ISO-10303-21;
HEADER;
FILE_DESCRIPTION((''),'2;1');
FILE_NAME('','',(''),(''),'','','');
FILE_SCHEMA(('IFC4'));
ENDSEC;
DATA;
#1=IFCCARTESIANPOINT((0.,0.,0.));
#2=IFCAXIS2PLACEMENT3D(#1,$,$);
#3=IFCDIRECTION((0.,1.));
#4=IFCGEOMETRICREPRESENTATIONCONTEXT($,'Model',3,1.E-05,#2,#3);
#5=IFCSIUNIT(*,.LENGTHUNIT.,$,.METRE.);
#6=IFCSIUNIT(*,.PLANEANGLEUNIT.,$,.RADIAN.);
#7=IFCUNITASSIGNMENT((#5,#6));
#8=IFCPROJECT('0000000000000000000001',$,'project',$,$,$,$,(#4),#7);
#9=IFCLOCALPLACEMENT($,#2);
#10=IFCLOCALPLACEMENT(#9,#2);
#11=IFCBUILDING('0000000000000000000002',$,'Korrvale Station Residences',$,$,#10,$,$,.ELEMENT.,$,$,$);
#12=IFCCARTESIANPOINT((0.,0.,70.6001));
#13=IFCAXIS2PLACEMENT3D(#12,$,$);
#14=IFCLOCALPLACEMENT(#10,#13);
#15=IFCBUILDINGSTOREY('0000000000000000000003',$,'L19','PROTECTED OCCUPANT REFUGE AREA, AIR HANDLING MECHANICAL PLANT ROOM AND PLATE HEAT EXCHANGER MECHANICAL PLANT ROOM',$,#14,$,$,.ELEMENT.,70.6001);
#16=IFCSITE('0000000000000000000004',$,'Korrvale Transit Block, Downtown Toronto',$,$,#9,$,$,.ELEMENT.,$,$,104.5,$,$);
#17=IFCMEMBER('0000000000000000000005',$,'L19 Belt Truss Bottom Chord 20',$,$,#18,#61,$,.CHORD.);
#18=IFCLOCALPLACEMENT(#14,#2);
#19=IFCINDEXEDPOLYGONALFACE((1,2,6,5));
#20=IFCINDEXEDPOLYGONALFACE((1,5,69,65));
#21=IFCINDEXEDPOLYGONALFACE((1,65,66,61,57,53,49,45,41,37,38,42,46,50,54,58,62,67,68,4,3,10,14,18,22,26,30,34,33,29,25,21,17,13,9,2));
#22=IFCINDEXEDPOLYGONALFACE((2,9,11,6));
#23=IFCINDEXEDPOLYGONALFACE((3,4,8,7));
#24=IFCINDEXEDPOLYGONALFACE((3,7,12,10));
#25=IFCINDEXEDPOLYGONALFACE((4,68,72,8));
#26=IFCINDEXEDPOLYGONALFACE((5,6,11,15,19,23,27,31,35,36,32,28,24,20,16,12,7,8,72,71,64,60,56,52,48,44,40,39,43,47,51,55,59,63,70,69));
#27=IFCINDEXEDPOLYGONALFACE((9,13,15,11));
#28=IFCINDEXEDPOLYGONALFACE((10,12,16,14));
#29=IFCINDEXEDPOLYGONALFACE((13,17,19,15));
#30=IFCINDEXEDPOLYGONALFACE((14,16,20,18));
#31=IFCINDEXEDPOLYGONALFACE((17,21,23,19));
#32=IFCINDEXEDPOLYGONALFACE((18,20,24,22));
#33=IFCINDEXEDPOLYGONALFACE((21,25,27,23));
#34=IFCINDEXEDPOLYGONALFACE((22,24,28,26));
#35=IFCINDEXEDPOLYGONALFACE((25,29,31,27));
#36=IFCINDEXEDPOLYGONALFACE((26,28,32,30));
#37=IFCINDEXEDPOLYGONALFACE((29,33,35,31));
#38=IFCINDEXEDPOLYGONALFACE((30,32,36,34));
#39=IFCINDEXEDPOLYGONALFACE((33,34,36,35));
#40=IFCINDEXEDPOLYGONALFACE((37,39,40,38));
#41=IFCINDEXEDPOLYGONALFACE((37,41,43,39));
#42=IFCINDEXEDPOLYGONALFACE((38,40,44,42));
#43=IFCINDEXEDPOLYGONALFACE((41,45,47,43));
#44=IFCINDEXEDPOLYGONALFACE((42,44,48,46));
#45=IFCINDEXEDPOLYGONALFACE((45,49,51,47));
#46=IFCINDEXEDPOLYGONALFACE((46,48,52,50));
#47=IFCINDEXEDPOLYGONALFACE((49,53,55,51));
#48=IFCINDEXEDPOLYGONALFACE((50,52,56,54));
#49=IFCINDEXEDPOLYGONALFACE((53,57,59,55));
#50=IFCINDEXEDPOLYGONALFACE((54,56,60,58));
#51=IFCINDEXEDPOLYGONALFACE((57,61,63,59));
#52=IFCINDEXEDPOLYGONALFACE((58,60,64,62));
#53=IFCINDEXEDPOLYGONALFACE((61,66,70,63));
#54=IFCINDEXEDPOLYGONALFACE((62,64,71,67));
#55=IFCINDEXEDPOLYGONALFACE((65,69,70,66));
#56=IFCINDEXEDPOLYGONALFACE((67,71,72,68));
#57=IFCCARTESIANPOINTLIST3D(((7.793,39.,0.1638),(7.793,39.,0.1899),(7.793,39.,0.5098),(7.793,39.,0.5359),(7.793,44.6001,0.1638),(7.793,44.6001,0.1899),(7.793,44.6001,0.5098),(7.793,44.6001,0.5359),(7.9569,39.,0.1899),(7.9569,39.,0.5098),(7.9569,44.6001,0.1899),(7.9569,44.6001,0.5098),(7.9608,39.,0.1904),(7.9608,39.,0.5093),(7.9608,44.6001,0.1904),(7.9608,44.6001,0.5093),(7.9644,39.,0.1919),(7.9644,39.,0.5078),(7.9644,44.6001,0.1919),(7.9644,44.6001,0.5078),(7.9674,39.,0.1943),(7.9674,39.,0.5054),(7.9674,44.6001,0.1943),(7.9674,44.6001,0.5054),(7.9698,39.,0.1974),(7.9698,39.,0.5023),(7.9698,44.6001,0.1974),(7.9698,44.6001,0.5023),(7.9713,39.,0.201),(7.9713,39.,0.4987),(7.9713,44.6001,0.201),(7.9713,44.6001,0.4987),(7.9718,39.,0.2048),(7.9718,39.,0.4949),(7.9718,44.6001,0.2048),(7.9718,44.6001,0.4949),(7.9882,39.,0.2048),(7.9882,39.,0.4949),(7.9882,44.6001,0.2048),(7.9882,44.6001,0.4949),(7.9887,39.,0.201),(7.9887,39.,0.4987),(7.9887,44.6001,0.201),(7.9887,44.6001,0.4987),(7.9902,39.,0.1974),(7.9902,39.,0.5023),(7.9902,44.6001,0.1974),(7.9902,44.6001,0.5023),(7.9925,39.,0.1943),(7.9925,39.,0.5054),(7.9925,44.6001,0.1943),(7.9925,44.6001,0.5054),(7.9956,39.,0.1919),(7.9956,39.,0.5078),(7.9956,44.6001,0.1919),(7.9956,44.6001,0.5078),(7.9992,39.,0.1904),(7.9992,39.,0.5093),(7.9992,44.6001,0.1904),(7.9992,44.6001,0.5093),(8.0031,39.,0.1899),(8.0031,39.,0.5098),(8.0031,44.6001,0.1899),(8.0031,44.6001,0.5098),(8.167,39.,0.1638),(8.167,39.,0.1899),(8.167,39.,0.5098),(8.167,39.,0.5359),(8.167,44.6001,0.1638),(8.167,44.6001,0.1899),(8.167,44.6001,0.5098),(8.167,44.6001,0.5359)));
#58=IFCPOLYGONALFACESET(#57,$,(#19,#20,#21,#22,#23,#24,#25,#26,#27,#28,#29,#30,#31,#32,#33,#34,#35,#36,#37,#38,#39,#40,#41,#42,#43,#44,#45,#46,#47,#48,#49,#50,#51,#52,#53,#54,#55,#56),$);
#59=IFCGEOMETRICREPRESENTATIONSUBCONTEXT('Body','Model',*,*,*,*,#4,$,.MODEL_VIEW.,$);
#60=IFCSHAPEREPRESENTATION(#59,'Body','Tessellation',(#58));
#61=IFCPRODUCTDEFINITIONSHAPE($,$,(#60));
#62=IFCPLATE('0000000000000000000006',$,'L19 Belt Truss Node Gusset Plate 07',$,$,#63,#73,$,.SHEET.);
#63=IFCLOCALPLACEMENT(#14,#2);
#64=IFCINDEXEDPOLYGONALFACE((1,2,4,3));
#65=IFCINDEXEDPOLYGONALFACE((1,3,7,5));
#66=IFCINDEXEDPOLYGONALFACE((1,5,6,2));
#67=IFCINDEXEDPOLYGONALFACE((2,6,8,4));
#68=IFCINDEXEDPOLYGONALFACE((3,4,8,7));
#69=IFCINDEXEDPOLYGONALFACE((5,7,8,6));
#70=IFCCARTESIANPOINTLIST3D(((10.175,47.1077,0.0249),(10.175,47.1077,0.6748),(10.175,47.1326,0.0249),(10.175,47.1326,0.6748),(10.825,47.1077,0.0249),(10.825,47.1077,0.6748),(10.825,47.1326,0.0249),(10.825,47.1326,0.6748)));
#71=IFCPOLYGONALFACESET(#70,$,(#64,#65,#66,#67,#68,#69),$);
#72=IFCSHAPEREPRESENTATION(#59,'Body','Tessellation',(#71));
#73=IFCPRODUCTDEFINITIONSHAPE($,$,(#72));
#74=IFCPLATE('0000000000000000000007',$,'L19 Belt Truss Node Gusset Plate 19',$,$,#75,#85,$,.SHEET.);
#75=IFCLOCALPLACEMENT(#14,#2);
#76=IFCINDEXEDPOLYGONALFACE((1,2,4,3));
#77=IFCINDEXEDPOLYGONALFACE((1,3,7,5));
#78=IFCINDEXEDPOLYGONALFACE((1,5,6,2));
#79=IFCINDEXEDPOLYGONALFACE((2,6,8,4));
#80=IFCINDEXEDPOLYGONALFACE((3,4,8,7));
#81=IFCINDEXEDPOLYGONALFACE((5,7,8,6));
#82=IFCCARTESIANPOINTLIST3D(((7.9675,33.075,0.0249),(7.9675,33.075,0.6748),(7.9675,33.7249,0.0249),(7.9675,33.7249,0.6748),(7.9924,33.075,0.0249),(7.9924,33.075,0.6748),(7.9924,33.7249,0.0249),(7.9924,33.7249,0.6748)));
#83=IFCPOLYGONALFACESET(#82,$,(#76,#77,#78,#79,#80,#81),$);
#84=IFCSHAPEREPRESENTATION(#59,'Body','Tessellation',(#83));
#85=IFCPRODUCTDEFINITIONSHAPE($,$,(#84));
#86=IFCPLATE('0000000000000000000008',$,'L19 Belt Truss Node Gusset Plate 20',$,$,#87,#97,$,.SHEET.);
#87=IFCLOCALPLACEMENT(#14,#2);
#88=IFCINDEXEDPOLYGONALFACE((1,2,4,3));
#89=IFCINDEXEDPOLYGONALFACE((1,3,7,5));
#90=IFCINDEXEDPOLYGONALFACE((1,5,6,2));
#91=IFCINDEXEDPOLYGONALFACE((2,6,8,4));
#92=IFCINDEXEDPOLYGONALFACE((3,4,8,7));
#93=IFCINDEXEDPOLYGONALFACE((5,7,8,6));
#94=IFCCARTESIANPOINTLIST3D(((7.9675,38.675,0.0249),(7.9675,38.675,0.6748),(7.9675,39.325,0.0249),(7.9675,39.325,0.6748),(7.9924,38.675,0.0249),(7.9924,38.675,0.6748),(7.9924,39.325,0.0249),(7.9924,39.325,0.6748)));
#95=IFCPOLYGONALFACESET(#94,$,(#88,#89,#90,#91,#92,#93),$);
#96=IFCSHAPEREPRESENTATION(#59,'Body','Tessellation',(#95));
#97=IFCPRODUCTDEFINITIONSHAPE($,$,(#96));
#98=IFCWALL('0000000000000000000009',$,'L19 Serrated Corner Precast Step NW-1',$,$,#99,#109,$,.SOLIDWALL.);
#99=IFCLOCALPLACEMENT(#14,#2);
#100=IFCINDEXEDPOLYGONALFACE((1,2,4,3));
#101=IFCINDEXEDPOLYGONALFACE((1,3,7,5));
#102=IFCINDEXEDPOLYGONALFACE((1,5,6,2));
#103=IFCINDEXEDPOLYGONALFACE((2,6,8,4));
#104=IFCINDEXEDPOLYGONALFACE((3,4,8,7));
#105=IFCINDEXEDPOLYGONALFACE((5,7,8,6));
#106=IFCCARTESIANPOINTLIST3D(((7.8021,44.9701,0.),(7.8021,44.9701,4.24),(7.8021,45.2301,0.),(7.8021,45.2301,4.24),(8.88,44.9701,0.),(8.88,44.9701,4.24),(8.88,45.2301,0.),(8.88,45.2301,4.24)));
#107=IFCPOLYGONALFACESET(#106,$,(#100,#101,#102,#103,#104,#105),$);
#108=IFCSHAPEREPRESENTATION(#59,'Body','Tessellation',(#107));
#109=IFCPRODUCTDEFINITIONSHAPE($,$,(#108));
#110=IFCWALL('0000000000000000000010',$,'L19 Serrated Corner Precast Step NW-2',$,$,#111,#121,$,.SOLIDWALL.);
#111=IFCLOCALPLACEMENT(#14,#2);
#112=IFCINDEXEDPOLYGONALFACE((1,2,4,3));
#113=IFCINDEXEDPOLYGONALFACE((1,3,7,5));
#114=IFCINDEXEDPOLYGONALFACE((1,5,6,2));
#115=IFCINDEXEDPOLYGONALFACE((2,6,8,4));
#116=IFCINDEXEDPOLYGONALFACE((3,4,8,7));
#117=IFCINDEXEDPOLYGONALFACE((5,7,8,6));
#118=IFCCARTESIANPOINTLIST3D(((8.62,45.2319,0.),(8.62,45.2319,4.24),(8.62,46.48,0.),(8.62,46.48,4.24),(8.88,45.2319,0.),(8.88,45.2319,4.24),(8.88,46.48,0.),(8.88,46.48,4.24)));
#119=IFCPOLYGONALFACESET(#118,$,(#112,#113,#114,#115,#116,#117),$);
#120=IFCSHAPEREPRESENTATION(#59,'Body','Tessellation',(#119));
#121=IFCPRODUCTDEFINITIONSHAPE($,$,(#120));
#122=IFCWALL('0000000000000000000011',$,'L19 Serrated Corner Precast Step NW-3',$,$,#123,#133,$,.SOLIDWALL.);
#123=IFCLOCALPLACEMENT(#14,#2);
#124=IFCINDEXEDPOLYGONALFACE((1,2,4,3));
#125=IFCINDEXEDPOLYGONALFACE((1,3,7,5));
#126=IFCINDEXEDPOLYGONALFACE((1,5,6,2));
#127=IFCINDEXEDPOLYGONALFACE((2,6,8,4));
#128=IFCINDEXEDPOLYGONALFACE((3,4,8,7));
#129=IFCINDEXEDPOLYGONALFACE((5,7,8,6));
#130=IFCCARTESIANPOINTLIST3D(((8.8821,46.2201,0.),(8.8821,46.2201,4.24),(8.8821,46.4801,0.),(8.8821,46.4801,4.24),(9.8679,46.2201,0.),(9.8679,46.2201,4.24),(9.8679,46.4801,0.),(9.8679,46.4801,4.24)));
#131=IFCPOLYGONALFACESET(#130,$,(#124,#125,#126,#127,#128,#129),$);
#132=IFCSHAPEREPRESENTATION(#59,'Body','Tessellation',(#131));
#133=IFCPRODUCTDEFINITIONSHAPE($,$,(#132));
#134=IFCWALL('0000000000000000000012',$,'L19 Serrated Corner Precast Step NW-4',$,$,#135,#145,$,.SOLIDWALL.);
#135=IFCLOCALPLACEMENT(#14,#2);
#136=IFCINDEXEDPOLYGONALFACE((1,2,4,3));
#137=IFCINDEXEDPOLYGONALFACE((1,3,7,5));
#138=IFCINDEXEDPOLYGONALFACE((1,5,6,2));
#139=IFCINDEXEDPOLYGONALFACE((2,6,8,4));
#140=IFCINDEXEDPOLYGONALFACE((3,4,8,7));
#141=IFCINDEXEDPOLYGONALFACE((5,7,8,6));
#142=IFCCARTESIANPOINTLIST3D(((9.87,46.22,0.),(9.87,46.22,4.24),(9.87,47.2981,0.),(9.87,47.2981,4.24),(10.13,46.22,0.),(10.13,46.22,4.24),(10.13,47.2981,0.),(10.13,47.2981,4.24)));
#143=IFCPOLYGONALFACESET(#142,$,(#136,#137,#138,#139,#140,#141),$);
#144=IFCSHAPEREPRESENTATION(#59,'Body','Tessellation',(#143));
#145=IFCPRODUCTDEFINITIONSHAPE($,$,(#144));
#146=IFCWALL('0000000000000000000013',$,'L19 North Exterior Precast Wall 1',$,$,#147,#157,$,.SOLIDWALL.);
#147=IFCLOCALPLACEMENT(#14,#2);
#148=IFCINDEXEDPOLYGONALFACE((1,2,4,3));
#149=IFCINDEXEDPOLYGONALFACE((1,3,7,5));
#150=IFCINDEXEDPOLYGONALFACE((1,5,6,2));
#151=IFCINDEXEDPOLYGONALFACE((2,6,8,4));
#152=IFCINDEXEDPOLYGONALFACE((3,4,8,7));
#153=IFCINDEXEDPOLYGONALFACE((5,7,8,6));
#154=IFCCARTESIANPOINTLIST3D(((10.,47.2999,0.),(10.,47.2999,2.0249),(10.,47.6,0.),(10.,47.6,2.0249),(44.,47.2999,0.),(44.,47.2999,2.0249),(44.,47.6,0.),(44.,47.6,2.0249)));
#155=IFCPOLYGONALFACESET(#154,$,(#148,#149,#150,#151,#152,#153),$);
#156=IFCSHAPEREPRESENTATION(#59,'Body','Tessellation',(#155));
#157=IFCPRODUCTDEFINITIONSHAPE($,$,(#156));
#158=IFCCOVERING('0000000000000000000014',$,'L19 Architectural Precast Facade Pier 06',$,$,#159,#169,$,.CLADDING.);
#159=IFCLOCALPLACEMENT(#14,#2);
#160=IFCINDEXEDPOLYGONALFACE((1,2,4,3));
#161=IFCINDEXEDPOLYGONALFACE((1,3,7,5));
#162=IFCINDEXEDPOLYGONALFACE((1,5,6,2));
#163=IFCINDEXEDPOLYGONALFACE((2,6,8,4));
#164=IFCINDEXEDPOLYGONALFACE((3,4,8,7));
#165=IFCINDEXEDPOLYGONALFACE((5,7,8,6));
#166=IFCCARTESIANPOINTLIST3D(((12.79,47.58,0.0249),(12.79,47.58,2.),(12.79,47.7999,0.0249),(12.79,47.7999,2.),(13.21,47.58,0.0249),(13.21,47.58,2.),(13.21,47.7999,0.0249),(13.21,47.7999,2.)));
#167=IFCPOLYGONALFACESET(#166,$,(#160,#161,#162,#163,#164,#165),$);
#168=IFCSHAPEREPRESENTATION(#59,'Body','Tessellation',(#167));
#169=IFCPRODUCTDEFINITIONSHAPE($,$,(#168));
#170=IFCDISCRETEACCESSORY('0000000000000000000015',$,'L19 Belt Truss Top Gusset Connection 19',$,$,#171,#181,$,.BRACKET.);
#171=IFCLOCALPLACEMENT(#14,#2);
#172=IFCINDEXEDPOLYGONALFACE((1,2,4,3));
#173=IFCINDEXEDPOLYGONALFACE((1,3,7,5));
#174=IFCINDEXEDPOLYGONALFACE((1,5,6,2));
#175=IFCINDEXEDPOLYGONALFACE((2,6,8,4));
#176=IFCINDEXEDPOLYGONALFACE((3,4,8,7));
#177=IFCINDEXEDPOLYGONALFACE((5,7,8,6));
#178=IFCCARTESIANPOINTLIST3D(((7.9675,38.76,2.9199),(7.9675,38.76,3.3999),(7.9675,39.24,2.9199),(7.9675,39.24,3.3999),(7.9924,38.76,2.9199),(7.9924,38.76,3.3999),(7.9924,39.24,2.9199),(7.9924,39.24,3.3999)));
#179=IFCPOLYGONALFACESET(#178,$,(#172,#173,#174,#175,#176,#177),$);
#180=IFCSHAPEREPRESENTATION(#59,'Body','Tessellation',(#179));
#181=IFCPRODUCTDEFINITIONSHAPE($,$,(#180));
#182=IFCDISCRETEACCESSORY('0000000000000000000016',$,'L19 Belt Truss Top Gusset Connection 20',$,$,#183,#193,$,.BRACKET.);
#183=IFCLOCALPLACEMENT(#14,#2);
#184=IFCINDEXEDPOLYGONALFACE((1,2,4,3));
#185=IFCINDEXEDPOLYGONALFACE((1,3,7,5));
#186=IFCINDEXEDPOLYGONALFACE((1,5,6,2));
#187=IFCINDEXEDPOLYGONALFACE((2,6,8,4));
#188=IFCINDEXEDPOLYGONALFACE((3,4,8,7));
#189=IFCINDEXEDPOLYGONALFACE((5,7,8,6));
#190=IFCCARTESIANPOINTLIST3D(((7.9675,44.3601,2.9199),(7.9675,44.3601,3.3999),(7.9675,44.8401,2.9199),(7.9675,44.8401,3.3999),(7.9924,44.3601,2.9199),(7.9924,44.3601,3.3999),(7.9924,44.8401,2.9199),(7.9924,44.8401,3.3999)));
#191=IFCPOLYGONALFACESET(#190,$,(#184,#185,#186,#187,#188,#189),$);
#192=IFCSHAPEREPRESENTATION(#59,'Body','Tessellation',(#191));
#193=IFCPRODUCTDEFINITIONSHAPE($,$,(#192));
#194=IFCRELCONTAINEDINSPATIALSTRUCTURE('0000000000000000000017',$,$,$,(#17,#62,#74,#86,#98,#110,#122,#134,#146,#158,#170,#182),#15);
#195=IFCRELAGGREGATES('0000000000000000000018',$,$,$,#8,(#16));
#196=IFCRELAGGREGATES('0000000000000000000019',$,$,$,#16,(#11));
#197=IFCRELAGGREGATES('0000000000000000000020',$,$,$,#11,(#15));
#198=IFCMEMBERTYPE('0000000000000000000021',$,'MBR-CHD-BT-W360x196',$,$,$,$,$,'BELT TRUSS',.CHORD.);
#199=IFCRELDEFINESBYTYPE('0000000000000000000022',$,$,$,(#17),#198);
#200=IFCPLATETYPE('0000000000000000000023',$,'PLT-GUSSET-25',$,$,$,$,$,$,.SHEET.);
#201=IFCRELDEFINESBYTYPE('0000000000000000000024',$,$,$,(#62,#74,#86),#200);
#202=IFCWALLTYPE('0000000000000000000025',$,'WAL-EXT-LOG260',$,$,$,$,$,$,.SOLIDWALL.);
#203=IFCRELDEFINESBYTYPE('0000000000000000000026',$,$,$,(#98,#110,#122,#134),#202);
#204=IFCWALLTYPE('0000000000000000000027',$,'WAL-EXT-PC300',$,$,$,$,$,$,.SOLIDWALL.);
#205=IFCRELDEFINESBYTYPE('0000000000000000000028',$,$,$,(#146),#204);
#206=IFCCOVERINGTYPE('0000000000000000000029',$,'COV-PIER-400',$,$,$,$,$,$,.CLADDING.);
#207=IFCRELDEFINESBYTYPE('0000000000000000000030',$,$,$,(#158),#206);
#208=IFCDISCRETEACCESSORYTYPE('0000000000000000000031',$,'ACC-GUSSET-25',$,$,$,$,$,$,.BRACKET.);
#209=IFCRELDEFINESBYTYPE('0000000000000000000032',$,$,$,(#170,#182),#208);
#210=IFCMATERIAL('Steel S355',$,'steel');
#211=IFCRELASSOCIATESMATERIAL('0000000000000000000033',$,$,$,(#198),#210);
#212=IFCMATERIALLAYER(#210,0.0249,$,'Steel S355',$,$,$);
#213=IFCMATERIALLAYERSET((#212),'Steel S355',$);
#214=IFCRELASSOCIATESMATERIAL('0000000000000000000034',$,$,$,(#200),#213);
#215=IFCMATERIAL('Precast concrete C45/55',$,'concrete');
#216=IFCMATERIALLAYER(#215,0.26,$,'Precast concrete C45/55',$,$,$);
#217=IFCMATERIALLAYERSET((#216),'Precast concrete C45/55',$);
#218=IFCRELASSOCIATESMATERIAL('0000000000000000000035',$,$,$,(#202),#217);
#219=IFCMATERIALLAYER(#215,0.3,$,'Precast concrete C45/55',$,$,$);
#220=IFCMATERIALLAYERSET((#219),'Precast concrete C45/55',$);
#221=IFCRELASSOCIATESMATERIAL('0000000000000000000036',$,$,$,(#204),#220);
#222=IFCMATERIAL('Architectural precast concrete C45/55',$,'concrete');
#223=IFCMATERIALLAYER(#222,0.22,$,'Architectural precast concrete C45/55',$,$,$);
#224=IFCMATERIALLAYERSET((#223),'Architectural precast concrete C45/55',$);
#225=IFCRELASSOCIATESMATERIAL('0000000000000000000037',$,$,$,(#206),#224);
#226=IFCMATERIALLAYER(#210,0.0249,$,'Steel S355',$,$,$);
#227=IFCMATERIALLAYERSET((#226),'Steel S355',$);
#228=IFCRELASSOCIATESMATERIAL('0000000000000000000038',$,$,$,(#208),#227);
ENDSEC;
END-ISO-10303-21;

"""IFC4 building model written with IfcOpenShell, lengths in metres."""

from ifc_helpers import new_model, si_unit, direction, frame, frame_2d, origin, origin_2d, place, context, subcontext, project, spatial, rectangle, i_section, extrude, material, layer, layer_set, material_profile, profile_set, type_object, element, save


model = new_model("IFC4")

# Units and contexts
model_context = context("Model", 3, precision=1e-05, world=origin(), true_north=direction((0.0, 1.0)))
body_context = subcontext(model_context, "Body", "Model", "MODEL_VIEW")
ifc_project = project(units=[si_unit("LENGTHUNIT", "METRE"), si_unit("PLANEANGLEUNIT", "RADIAN")], contexts=[model_context])

# Site, building, storey
site_placement = place(None, origin())
site = spatial("IfcSite", under=ifc_project, at=site_placement, Name="Korrvale Transit Block, Downtown Toronto", CompositionType="ELEMENT", RefElevation=104.5)
building_placement = place(site_placement, origin())
building = spatial("IfcBuilding", under=site, at=building_placement, Name="Korrvale Station Residences", CompositionType="ELEMENT")
storey_placement = place(building_placement, frame((0.0, 0.0, 70.6001)))
storey = spatial("IfcBuildingStorey", under=building, at=storey_placement, Name="L19", Description="PROTECTED OCCUPANT REFUGE AREA, AIR HANDLING MECHANICAL PLANT ROOM AND PLATE HEAT EXCHANGER MECHANICAL PLANT ROOM", CompositionType="ELEMENT", Elevation=70.6001)

# Member
ifc_material_1 = material(Name="Steel S355", Category="steel")
ifc_material_profile_1 = material_profile(ifc_material_1, i_section(OverallWidth=0.374, OverallDepth=0.3721, WebThickness=0.0164, FlangeThickness=0.0261, FilletRadius=0.0149, at=origin_2d()), Name="W360x196")
ifc_profile_set_1 = profile_set([ifc_material_profile_1], Name="Steel S355")
member_type_1 = type_object("IfcMemberType", Name="MBR-CHD-BT-W360x196", ElementType="BELT TRUSS", PredefinedType="CHORD", material=ifc_profile_set_1)
member_1_placement = place(storey_placement, frame((7.98, 39.0, 0.3499), z_axis=(0.0, 1.0, 0.0), x_axis=(-1.0, 0.0, 0.0)))
element("IfcMember", 1, at=member_1_placement, inside=storey, type_object=member_type_1, Name="L19 Belt Truss Bottom Chord 20", PredefinedType="CHORD", context=body_context, shape_type="SweptSolid", body=[
    extrude(i_section(OverallWidth=0.374, OverallDepth=0.3721, WebThickness=0.0164, FlangeThickness=0.0261, FilletRadius=0.0149, at=origin_2d()), origin(), (0.0, 0.0, 1.0), 5.6001),
])

# Plates
ifc_layer_1 = layer(ifc_material_1, 0.0249, Name="Steel S355")
ifc_layer_set_1 = layer_set([ifc_layer_1], Name="Steel S355")
plate_type = type_object("IfcPlateType", Name="PLT-GUSSET-25", PredefinedType="SHEET", material=ifc_layer_set_1)
for number, where, z_axis, x_axis, name in (
    (2, (10.5, 47.1201, 0.0249), (0.0, 0.0, 1.0), (1.0, 0.0, 0.0), "L19 Belt Truss Node Gusset Plate 07"),
    (3, (7.98, 33.3999, 0.0249), (0.0, 0.0, 1.0), (0.0, 1.0, 0.0), "L19 Belt Truss Node Gusset Plate 19"),
    (4, (7.98, 39.0, 0.0249), (0.0, 0.0, 1.0), (0.0, 1.0, 0.0), "L19 Belt Truss Node Gusset Plate 20"),
):
    element("IfcPlate", number, at=place(storey_placement, frame(where, z_axis=z_axis, x_axis=x_axis)), inside=storey, type_object=plate_type, Name=name, PredefinedType="SHEET", context=body_context, shape_type="SweptSolid", body=[
        extrude(rectangle(XDim=0.6499, YDim=0.0249, at=origin_2d()), origin(), (0.0, 0.0, 1.0), 0.6499),
    ])

# Walls
ifc_material_2 = material(Name="Precast concrete C45/55", Category="concrete")
ifc_layer_2 = layer(ifc_material_2, 0.26, Name="Precast concrete C45/55")
ifc_layer_set_2 = layer_set([ifc_layer_2], Name="Precast concrete C45/55")
wall_type_1 = type_object("IfcWallType", Name="WAL-EXT-LOG260", PredefinedType="SOLIDWALL", material=ifc_layer_set_2)
wall_1_placement = place(storey_placement, frame((7.802, 45.1001, 0.0), z_axis=(0.0, 0.0, 1.0), x_axis=(1.0, 0.0, 0.0)))
element("IfcWall", 5, at=wall_1_placement, inside=storey, type_object=wall_type_1, Name="L19 Serrated Corner Precast Step NW-1", PredefinedType="SOLIDWALL", context=body_context, shape_type="SweptSolid", body=[
    extrude(rectangle(XDim=1.0779, YDim=0.26, at=frame_2d((0.5391, 0.0))), origin(), (0.0, 0.0, 1.0), 4.24),
])
wall_2_placement = place(storey_placement, frame((8.75, 45.2319, 0.0), z_axis=(0.0, 0.0, 1.0), x_axis=(0.0, 1.0, 0.0)))
element("IfcWall", 6, at=wall_2_placement, inside=storey, type_object=wall_type_1, Name="L19 Serrated Corner Precast Step NW-2", PredefinedType="SOLIDWALL", context=body_context, shape_type="SweptSolid", body=[
    extrude(rectangle(XDim=1.248, YDim=0.26, at=frame_2d((0.624, 0.0))), origin(), (0.0, 0.0, 1.0), 4.24),
])
wall_3_placement = place(storey_placement, frame((8.8821, 46.3501, 0.0), z_axis=(0.0, 0.0, 1.0), x_axis=(1.0, 0.0, 0.0)))
element("IfcWall", 7, at=wall_3_placement, inside=storey, type_object=wall_type_1, Name="L19 Serrated Corner Precast Step NW-3", PredefinedType="SOLIDWALL", context=body_context, shape_type="SweptSolid", body=[
    extrude(rectangle(XDim=0.9858, YDim=0.26, at=frame_2d((0.4929, 0.0))), origin(), (0.0, 0.0, 1.0), 4.24),
])
wall_4_placement = place(storey_placement, frame((10.0, 46.22, 0.0), z_axis=(0.0, 0.0, 1.0), x_axis=(0.0, 1.0, 0.0)))
element("IfcWall", 8, at=wall_4_placement, inside=storey, type_object=wall_type_1, Name="L19 Serrated Corner Precast Step NW-4", PredefinedType="SOLIDWALL", context=body_context, shape_type="SweptSolid", body=[
    extrude(rectangle(XDim=1.0781, YDim=0.26, at=frame_2d((0.5391, 0.0))), origin(), (0.0, 0.0, 1.0), 4.24),
])
ifc_layer_3 = layer(ifc_material_2, 0.3, Name="Precast concrete C45/55")
ifc_layer_set_3 = layer_set([ifc_layer_3], Name="Precast concrete C45/55")
wall_type_2 = type_object("IfcWallType", Name="WAL-EXT-PC300", PredefinedType="SOLIDWALL", material=ifc_layer_set_3)
wall_5_placement = place(storey_placement, frame((10.0, 47.45, 0.0), z_axis=(0.0, 0.0, 1.0), x_axis=(1.0, 0.0, 0.0)))
element("IfcWall", 9, at=wall_5_placement, inside=storey, type_object=wall_type_2, Name="L19 North Exterior Precast Wall 1", PredefinedType="SOLIDWALL", context=body_context, shape_type="SweptSolid", body=[
    extrude(rectangle(XDim=34.0, YDim=0.3, at=frame_2d((17.0, 0.0))), origin(), (0.0, 0.0, 1.0), 2.0249),
])

# Covering
ifc_material_3 = material(Name="Architectural precast concrete C45/55", Category="concrete")
ifc_layer_4 = layer(ifc_material_3, 0.22, Name="Architectural precast concrete C45/55")
ifc_layer_set_4 = layer_set([ifc_layer_4], Name="Architectural precast concrete C45/55")
covering_type = type_object("IfcCoveringType", Name="COV-PIER-400", PredefinedType="CLADDING", material=ifc_layer_set_4)
covering_placement = place(storey_placement, frame((13.0, 47.6899, 0.0249), z_axis=(0.0, 0.0, 1.0), x_axis=(1.0, 0.0, 0.0)))
element("IfcCovering", 10, at=covering_placement, inside=storey, type_object=covering_type, Name="L19 Architectural Precast Facade Pier 06", PredefinedType="CLADDING", context=body_context, shape_type="SweptSolid", body=[
    extrude(rectangle(XDim=0.4199, YDim=0.22, at=origin_2d()), origin(), (0.0, 0.0, 1.0), 1.9751),
])

# Discrete accessories
ifc_layer_5 = layer(ifc_material_1, 0.0249, Name="Steel S355")
ifc_layer_set_5 = layer_set([ifc_layer_5], Name="Steel S355")
discrete_accessory_type = type_object("IfcDiscreteAccessoryType", Name="ACC-GUSSET-25", PredefinedType="BRACKET", material=ifc_layer_set_5)
for number, where, z_axis, x_axis, name in (
    (11, (7.98, 39.0, 2.9199), (0.0, 0.0, 1.0), (0.0, 1.0, 0.0), "L19 Belt Truss Top Gusset Connection 19"),
    (12, (7.98, 44.6001, 2.9199), (0.0, 0.0, 1.0), (0.0, 1.0, 0.0), "L19 Belt Truss Top Gusset Connection 20"),
):
    element("IfcDiscreteAccessory", number, at=place(storey_placement, frame(where, z_axis=z_axis, x_axis=x_axis)), inside=storey, type_object=discrete_accessory_type, Name=name, PredefinedType="BRACKET", context=body_context, shape_type="SweptSolid", body=[
        extrude(rectangle(XDim=0.48, YDim=0.0249, at=origin_2d()), origin(), (0.0, 0.0, 1.0), 0.48),
    ])

save(model, "model.ifc")
